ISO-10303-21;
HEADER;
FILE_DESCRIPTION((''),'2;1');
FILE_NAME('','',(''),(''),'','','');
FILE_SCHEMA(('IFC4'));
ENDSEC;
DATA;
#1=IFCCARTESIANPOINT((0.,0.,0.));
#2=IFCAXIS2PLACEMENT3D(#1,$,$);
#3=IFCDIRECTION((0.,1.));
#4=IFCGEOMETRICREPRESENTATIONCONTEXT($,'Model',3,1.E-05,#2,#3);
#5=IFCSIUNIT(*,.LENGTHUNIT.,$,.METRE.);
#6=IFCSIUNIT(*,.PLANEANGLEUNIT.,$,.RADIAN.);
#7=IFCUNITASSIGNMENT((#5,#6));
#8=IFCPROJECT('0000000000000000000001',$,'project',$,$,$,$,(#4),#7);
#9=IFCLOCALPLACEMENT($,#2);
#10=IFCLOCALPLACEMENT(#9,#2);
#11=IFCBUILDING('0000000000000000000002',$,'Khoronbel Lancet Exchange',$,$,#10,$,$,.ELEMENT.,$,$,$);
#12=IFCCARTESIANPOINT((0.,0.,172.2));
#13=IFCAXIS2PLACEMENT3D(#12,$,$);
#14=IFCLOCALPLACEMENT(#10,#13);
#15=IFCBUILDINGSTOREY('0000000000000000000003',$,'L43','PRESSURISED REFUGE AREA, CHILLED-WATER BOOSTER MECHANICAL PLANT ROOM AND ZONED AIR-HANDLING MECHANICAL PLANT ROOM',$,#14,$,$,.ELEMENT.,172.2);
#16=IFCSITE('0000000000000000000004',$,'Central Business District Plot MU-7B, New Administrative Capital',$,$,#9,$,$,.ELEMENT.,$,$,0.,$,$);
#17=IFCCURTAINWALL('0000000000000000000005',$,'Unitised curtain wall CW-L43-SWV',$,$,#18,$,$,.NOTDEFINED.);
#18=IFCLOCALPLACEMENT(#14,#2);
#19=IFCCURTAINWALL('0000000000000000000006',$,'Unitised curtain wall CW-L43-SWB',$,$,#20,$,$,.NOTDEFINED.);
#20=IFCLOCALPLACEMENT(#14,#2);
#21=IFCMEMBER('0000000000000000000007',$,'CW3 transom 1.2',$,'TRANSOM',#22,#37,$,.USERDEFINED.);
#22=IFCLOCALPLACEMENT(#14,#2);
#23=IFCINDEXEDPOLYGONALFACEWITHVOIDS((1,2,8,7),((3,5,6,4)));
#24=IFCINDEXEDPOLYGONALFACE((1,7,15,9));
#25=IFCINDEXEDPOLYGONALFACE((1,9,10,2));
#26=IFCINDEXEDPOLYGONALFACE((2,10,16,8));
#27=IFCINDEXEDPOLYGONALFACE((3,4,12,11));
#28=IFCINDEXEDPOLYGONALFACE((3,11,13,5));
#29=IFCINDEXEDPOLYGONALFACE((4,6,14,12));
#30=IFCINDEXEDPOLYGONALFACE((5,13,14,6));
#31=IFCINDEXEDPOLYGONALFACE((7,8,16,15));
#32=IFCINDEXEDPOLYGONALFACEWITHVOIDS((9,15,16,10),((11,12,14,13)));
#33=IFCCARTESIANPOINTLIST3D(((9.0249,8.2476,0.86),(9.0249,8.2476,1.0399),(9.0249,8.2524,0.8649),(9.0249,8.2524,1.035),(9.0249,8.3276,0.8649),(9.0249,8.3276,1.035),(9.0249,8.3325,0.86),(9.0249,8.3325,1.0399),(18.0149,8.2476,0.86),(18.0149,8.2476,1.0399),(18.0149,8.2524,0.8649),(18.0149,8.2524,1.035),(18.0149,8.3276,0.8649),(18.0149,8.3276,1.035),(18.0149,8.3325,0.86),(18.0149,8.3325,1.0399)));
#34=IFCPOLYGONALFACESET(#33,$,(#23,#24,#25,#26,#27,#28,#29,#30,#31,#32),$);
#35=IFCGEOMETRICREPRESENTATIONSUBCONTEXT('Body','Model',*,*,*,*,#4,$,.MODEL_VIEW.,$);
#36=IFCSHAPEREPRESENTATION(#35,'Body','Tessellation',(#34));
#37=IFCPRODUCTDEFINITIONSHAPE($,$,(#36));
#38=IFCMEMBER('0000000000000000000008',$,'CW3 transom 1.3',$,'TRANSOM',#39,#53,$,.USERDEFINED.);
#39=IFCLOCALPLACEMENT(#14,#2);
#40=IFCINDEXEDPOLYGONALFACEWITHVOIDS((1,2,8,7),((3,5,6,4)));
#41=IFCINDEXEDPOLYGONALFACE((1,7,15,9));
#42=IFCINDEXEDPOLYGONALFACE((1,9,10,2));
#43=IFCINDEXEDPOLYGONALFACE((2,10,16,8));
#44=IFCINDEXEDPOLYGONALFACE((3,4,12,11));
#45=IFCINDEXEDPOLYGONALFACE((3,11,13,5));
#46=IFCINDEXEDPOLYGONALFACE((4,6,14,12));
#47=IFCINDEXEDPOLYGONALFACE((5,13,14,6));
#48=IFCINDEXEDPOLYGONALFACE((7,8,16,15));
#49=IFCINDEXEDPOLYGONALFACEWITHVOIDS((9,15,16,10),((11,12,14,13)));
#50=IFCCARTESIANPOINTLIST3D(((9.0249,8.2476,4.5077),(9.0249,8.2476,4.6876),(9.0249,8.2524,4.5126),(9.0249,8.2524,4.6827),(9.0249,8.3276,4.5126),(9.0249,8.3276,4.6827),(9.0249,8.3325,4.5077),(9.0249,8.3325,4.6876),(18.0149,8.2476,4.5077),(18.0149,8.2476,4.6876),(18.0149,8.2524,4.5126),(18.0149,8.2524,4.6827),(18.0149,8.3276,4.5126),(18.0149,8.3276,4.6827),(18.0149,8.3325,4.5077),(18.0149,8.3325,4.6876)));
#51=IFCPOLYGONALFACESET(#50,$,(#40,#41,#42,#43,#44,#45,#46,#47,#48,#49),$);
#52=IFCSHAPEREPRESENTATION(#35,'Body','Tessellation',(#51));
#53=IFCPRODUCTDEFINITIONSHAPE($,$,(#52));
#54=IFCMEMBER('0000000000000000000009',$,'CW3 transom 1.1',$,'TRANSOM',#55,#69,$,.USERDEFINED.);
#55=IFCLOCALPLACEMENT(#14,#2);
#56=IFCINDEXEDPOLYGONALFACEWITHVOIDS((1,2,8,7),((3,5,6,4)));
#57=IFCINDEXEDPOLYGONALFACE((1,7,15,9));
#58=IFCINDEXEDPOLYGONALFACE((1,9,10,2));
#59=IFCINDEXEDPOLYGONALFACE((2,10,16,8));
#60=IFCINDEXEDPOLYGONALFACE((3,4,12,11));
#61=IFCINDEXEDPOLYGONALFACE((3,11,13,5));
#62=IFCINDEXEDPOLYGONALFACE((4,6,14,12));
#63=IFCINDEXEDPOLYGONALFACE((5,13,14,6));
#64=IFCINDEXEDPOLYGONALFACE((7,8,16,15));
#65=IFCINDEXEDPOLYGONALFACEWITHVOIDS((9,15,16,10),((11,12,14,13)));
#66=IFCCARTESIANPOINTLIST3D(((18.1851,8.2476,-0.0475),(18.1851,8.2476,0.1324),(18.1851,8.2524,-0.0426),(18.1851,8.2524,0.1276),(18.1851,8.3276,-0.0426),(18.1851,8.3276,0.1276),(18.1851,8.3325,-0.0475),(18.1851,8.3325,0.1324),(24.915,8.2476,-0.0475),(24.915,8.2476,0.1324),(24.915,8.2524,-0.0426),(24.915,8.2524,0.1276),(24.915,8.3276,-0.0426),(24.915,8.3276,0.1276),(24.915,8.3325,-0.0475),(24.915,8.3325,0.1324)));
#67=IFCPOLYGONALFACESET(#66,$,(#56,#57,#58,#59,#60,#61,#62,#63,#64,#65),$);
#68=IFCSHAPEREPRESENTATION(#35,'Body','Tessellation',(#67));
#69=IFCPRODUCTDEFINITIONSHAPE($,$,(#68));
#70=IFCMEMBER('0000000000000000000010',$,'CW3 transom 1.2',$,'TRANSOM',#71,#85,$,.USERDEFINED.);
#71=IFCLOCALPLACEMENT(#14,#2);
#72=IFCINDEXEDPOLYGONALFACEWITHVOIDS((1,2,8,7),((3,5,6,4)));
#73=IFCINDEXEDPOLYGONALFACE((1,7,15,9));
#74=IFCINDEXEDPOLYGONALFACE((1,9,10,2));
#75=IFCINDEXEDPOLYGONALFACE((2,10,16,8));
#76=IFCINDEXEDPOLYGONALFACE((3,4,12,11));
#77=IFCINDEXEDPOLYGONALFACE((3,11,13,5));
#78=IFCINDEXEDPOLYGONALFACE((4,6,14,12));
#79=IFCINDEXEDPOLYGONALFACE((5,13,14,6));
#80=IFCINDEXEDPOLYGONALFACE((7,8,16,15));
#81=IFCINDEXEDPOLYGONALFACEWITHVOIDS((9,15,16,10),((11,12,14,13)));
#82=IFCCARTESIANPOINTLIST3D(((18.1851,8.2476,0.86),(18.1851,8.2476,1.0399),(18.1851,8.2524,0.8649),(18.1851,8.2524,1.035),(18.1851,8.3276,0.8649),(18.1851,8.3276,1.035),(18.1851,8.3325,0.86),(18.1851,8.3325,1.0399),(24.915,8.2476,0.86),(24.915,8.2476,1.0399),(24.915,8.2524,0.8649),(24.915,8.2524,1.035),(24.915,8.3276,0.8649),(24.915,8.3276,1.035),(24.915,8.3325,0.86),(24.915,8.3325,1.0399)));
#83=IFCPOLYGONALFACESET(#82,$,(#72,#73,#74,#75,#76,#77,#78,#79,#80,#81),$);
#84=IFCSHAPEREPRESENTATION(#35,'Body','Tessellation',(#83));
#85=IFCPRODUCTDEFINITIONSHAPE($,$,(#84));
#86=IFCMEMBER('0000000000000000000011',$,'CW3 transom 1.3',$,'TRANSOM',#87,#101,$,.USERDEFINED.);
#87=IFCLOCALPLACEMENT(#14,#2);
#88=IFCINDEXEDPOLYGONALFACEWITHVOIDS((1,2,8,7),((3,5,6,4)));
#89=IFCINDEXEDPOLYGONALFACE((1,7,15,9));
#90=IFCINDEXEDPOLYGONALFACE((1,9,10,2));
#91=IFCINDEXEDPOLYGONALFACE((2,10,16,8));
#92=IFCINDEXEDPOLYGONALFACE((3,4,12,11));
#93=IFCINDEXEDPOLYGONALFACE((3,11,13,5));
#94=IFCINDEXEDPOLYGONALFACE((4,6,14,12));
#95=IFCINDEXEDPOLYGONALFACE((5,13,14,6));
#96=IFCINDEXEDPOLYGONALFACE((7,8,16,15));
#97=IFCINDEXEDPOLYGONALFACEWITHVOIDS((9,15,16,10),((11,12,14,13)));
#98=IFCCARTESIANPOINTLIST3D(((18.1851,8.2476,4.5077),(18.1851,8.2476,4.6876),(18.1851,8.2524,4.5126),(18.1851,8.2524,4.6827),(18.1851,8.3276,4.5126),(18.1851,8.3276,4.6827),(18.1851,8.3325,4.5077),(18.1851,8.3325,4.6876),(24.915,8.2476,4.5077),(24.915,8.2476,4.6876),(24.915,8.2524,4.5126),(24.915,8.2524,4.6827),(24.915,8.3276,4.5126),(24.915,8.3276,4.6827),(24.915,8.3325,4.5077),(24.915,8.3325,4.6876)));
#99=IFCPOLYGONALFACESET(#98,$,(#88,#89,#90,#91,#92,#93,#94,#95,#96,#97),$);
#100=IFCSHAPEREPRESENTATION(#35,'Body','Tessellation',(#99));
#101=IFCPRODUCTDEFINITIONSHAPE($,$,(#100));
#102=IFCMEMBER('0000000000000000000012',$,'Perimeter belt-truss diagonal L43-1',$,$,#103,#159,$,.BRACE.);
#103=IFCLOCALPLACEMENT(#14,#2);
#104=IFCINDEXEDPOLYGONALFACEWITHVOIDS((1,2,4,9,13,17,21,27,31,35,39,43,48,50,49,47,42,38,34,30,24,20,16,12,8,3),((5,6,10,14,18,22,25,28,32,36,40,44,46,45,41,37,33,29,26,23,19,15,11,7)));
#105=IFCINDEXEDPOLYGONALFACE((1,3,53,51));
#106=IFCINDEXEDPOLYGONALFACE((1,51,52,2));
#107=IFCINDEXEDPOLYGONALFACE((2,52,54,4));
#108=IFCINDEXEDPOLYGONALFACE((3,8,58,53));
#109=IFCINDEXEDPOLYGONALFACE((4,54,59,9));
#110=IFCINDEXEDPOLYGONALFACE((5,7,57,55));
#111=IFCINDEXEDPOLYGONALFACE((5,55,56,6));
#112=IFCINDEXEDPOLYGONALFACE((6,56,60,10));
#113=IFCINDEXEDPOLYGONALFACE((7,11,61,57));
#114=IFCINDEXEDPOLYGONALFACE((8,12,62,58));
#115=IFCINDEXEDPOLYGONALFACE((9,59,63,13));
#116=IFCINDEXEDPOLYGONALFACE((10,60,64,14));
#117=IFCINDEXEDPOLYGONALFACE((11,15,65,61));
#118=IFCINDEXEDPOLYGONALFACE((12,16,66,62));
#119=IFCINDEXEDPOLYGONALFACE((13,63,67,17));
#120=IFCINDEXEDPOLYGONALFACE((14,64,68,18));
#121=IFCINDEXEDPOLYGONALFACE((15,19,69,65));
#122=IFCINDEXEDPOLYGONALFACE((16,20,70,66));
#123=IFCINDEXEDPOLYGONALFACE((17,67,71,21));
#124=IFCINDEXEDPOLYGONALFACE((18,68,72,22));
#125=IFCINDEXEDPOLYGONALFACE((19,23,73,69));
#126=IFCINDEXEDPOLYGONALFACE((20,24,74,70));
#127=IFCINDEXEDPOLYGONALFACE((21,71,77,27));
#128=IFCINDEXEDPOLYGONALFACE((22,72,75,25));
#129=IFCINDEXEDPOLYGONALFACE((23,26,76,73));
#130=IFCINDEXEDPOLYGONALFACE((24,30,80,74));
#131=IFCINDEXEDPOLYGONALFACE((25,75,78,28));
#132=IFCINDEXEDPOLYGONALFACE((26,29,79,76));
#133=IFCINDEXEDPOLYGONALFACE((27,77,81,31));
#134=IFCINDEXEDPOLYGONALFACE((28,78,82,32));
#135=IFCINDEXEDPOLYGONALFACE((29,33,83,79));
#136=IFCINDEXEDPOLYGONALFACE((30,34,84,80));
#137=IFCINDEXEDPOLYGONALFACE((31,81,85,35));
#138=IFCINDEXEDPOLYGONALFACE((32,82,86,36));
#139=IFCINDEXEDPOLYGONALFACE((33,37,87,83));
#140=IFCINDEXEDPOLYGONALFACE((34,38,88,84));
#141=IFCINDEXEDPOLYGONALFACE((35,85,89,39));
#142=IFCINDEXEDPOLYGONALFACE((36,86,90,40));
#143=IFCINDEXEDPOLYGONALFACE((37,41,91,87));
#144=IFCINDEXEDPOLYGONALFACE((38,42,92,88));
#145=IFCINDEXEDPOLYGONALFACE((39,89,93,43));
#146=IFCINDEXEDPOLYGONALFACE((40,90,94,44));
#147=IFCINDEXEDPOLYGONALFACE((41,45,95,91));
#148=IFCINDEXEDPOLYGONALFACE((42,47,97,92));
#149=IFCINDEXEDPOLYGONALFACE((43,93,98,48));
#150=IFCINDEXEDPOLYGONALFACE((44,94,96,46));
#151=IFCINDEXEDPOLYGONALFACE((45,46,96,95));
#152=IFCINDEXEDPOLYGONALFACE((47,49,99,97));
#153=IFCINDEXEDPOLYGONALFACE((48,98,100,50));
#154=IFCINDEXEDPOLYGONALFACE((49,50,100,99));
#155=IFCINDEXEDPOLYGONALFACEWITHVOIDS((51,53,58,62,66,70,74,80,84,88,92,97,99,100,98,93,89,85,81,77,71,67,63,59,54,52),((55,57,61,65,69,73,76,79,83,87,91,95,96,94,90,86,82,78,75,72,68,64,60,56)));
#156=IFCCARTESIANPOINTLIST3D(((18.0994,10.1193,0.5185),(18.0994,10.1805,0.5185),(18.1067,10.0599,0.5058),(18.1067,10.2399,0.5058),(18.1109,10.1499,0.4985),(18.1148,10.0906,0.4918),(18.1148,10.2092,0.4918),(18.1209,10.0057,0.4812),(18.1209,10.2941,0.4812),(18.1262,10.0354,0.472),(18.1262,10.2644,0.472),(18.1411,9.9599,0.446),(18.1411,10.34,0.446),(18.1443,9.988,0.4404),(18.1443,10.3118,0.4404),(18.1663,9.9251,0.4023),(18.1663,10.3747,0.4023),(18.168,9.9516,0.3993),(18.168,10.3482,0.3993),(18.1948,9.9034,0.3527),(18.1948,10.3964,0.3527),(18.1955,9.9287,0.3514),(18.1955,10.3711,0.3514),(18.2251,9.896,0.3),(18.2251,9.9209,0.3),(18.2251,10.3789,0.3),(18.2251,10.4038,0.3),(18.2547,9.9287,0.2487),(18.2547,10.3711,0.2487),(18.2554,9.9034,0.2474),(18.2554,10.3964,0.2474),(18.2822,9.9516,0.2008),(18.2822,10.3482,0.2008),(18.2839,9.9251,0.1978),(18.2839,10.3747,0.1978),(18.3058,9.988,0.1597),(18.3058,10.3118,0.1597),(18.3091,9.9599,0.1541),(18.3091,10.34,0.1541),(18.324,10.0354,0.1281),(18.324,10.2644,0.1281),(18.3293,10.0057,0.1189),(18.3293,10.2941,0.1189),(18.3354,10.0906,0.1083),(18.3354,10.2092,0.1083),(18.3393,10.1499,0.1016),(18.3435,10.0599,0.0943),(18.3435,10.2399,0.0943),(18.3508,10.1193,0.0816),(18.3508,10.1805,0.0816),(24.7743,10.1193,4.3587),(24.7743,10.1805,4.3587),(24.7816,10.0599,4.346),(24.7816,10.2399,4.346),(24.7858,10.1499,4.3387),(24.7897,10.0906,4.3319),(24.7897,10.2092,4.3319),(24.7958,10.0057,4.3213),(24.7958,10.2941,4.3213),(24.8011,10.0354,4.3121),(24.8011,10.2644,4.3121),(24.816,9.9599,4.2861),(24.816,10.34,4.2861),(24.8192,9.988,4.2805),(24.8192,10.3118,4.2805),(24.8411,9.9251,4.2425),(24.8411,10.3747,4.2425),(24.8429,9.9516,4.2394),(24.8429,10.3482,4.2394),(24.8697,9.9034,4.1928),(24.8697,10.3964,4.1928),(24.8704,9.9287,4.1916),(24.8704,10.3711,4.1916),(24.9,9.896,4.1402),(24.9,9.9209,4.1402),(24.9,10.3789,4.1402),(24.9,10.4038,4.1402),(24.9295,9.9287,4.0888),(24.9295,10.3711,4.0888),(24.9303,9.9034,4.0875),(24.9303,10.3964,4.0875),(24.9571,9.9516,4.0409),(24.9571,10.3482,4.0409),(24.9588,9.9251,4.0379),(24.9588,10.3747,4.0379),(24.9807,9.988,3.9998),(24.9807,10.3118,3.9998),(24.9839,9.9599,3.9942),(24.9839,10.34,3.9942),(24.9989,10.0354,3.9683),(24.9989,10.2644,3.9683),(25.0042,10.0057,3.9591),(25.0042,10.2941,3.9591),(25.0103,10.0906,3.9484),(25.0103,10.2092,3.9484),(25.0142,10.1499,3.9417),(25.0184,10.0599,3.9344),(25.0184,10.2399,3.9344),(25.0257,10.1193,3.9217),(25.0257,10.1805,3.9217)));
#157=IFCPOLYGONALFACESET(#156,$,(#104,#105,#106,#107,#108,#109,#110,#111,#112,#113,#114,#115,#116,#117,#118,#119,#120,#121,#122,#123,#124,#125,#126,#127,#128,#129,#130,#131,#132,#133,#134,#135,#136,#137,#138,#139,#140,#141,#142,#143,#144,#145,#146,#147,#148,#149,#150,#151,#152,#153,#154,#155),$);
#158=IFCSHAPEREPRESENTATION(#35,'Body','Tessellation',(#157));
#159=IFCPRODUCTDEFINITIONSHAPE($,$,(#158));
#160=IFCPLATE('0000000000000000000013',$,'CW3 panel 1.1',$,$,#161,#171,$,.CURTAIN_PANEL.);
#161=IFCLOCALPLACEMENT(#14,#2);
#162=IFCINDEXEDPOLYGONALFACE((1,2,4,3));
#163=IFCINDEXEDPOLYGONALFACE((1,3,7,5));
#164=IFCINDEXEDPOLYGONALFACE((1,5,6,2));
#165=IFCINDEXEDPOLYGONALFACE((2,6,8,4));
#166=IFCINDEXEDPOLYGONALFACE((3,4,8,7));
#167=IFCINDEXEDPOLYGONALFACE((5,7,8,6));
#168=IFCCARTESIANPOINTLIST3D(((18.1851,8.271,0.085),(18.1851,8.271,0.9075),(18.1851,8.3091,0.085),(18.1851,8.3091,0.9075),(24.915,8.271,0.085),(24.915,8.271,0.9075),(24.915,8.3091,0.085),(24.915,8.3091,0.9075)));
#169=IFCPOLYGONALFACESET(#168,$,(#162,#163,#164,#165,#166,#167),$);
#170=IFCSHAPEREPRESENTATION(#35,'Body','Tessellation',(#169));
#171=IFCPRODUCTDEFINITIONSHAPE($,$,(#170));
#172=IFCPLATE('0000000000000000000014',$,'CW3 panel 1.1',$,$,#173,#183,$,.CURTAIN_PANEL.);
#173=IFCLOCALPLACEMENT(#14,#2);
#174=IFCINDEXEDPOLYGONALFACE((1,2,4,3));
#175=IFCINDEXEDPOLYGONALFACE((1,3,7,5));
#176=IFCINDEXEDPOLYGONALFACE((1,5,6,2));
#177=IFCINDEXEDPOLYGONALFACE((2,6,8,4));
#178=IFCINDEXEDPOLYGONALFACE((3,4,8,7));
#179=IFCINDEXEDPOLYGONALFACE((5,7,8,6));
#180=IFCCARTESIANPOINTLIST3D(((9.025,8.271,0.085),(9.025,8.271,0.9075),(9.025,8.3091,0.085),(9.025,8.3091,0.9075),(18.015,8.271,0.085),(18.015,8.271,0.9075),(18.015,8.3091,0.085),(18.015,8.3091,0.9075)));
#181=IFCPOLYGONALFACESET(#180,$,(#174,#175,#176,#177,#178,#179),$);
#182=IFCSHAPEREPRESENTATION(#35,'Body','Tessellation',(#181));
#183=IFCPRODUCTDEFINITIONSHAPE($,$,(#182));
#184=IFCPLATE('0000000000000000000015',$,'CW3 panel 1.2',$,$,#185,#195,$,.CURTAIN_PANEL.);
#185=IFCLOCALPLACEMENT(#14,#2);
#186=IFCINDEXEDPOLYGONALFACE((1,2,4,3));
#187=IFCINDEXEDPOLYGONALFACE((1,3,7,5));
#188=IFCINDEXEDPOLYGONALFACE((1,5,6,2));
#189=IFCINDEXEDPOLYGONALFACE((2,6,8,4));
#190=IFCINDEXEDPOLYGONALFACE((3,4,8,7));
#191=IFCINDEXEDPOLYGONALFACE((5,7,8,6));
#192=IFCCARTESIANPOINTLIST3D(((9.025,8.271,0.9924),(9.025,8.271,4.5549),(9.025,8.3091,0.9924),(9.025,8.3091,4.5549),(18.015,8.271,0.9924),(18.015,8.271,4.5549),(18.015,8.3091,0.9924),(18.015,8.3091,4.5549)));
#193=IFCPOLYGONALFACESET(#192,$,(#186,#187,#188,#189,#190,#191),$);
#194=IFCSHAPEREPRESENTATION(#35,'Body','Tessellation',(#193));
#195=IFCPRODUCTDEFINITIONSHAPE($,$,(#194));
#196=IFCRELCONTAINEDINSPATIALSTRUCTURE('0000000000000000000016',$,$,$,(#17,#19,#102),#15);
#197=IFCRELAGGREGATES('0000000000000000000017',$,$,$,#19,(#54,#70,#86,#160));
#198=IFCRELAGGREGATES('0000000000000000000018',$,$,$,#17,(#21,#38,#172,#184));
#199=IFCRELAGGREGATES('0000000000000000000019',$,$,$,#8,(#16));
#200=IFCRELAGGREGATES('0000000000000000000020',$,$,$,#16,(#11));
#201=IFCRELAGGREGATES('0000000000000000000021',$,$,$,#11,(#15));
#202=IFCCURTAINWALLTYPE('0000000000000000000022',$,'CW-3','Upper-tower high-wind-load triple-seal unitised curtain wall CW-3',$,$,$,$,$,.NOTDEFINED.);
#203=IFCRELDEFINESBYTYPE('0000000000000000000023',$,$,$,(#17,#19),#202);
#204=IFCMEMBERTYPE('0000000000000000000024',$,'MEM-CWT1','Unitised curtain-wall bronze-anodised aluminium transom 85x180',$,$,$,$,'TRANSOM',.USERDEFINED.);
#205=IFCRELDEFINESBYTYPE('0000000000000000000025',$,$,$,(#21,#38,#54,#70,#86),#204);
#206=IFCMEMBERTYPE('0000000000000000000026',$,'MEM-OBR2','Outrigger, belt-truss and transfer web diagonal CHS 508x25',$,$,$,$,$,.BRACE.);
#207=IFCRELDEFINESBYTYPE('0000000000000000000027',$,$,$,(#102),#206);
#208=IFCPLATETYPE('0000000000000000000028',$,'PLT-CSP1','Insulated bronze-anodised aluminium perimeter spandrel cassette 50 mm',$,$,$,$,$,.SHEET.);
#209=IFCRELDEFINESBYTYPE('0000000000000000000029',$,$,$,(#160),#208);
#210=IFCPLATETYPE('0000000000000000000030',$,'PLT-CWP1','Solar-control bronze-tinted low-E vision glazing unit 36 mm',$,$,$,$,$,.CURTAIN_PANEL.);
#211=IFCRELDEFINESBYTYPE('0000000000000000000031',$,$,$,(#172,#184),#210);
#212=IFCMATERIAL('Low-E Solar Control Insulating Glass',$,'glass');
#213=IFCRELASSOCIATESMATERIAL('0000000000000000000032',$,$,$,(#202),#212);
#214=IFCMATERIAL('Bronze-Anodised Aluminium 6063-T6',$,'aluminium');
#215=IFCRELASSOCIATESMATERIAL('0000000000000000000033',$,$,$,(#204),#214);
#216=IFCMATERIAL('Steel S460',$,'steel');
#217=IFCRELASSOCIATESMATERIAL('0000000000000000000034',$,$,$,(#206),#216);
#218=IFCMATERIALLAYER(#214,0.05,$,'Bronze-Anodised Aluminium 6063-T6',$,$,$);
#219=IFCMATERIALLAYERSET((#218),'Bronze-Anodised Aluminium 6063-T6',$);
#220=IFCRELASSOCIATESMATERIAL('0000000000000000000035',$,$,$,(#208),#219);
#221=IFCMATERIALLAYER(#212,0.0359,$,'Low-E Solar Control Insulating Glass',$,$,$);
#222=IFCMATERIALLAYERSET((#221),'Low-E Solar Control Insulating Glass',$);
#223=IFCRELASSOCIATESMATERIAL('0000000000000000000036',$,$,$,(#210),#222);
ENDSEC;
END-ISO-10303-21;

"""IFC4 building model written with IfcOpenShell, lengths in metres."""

from ifc_helpers import new_model, si_unit, direction, frame, origin, origin_2d, place, context, subcontext, project, spatial, rectangle, hollow_rectangle, hollow_circle, extrude, material, layer, layer_set, material_profile, profile_set, type_object, element, aggregate, save


model = new_model("IFC4")

# Units and contexts
model_context = context("Model", 3, precision=1e-05, world=origin(), true_north=direction((0.0, 1.0)))
body_context = subcontext(model_context, "Body", "Model", "MODEL_VIEW")
ifc_project = project(units=[si_unit("LENGTHUNIT", "METRE"), si_unit("PLANEANGLEUNIT", "RADIAN")], contexts=[model_context])

# Site, building, storey
site_placement = place(None, origin())
site = spatial("IfcSite", under=ifc_project, at=site_placement, Name="Central Business District Plot MU-7B, New Administrative Capital", CompositionType="ELEMENT", RefElevation=0.0)
building_placement = place(site_placement, origin())
building = spatial("IfcBuilding", under=site, at=building_placement, Name="Khoronbel Lancet Exchange", CompositionType="ELEMENT")
storey_placement = place(building_placement, frame((0.0, 0.0, 172.2)))
storey = spatial("IfcBuildingStorey", under=building, at=storey_placement, Name="L43", Description="PRESSURISED REFUGE AREA, CHILLED-WATER BOOSTER MECHANICAL PLANT ROOM AND ZONED AIR-HANDLING MECHANICAL PLANT ROOM", CompositionType="ELEMENT", Elevation=172.2)

# Shared definitions
ifc_material_1 = material(Name="Steel S460", Category="steel")

# Curtain wall
ifc_material_2 = material(Name="Low-E Solar Control Insulating Glass", Category="glass")
curtain_wall_type = type_object("IfcCurtainWallType", Name="CW-3", Description="Upper-tower high-wind-load triple-seal unitised curtain wall CW-3", PredefinedType="NOTDEFINED", material=ifc_material_2)
curtain_wall_1_placement = place(storey_placement, origin())
curtain_wall_1 = element("IfcCurtainWall", 1, at=curtain_wall_1_placement, inside=storey, type_object=curtain_wall_type, Name="Unitised curtain wall CW-L43-SWV", PredefinedType="NOTDEFINED")
ifc_material_3 = material(Name="Bronze-Anodised Aluminium 6063-T6", Category="aluminium")

# Curtain wall
curtain_wall_2_placement = place(storey_placement, origin())
curtain_wall_2 = element("IfcCurtainWall", 2, at=curtain_wall_2_placement, inside=storey, type_object=curtain_wall_type, Name="Unitised curtain wall CW-L43-SWB", PredefinedType="NOTDEFINED")

# Members
ifc_material_profile_1 = material_profile(ifc_material_3, hollow_rectangle(XDim=0.085, YDim=0.1799, WallThickness=0.0049, at=origin_2d()), Name="ALU TRANSOM 85x180")
ifc_profile_set_1 = profile_set([ifc_material_profile_1], Name="Bronze-Anodised Aluminium 6063-T6")
member_type_1 = type_object("IfcMemberType", Name="MEM-CWT1", Description="Unitised curtain-wall bronze-anodised aluminium transom 85x180", ElementType="TRANSOM", PredefinedType="USERDEFINED", material=ifc_profile_set_1)
member_1_placement = place(storey_placement, frame((9.0249, 8.29, 0.95), z_axis=(1.0, 0.0, 0.0), x_axis=(0.0, 1.0, 0.0)))
member_1 = element("IfcMember", 3, at=member_1_placement, type_object=member_type_1, Name="CW3 transom 1.2", ObjectType="TRANSOM", PredefinedType="USERDEFINED", context=body_context, shape_type="SweptSolid", body=[
    extrude(hollow_rectangle(XDim=0.085, YDim=0.1799, WallThickness=0.0049, at=origin_2d()), origin(), (0.0, 0.0, 1.0), 8.99),
])
member_2_placement = place(storey_placement, frame((9.0249, 8.29, 4.5977), z_axis=(1.0, 0.0, 0.0), x_axis=(0.0, 1.0, 0.0)))
member_2 = element("IfcMember", 4, at=member_2_placement, type_object=member_type_1, Name="CW3 transom 1.3", ObjectType="TRANSOM", PredefinedType="USERDEFINED", context=body_context, shape_type="SweptSolid", body=[
    extrude(hollow_rectangle(XDim=0.085, YDim=0.1799, WallThickness=0.0049, at=origin_2d()), origin(), (0.0, 0.0, 1.0), 8.99),
])
member_3_placement = place(storey_placement, frame((18.1851, 8.29, 0.0425), z_axis=(1.0, 0.0, 0.0), x_axis=(0.0, 1.0, 0.0)))
member_3 = element("IfcMember", 5, at=member_3_placement, type_object=member_type_1, Name="CW3 transom 1.1", ObjectType="TRANSOM", PredefinedType="USERDEFINED", context=body_context, shape_type="SweptSolid", body=[
    extrude(hollow_rectangle(XDim=0.085, YDim=0.1799, WallThickness=0.0049, at=origin_2d()), origin(), (0.0, 0.0, 1.0), 6.73),
])
member_4_placement = place(storey_placement, frame((18.1851, 8.29, 0.95), z_axis=(1.0, 0.0, 0.0), x_axis=(0.0, 1.0, 0.0)))
member_4 = element("IfcMember", 6, at=member_4_placement, type_object=member_type_1, Name="CW3 transom 1.2", ObjectType="TRANSOM", PredefinedType="USERDEFINED", context=body_context, shape_type="SweptSolid", body=[
    extrude(hollow_rectangle(XDim=0.085, YDim=0.1799, WallThickness=0.0049, at=origin_2d()), origin(), (0.0, 0.0, 1.0), 6.73),
])
member_5_placement = place(storey_placement, frame((18.1851, 8.29, 4.5977), z_axis=(1.0, 0.0, 0.0), x_axis=(0.0, 1.0, 0.0)))
member_5 = element("IfcMember", 7, at=member_5_placement, type_object=member_type_1, Name="CW3 transom 1.3", ObjectType="TRANSOM", PredefinedType="USERDEFINED", context=body_context, shape_type="SweptSolid", body=[
    extrude(hollow_rectangle(XDim=0.085, YDim=0.1799, WallThickness=0.0049, at=origin_2d()), origin(), (0.0, 0.0, 1.0), 6.73),
])
ifc_material_profile_2 = material_profile(ifc_material_1, hollow_circle(Radius=0.2539, WallThickness=0.0249, at=origin_2d()), Name="CHS 508x25")
ifc_profile_set_2 = profile_set([ifc_material_profile_2], Name="Steel S460")
member_type_2 = type_object("IfcMemberType", Name="MEM-OBR2", Description="Outrigger, belt-truss and transfer web diagonal CHS 508x25", PredefinedType="BRACE", material=ifc_profile_set_2)
member_6_placement = place(storey_placement, frame((18.2251, 10.1499, 0.3), z_axis=(0.86679, 0.0, 0.498674), x_axis=(0.0, 1.0, 0.0)))
element("IfcMember", 8, at=member_6_placement, inside=storey, type_object=member_type_2, Name="Perimeter belt-truss diagonal L43-1", PredefinedType="BRACE", context=body_context, shape_type="SweptSolid", body=[
    extrude(hollow_circle(Radius=0.2539, WallThickness=0.0249, at=origin_2d()), origin(), (0.0, 0.0, 1.0), 7.7007),
])

# Plates
ifc_layer_1 = layer(ifc_material_3, 0.05, Name="Bronze-Anodised Aluminium 6063-T6")
ifc_layer_set_1 = layer_set([ifc_layer_1], Name="Bronze-Anodised Aluminium 6063-T6")
plate_type_1 = type_object("IfcPlateType", Name="PLT-CSP1", Description="Insulated bronze-anodised aluminium perimeter spandrel cassette 50 mm", PredefinedType="SHEET", material=ifc_layer_set_1)
plate_1_placement = place(storey_placement, frame((21.55, 8.29, 0.085), z_axis=(0.0, 0.0, 1.0), x_axis=(1.0, 0.0, 0.0)))
plate_1 = element("IfcPlate", 9, at=plate_1_placement, type_object=plate_type_1, Name="CW3 panel 1.1", PredefinedType="CURTAIN_PANEL", context=body_context, shape_type="SweptSolid", body=[
    extrude(rectangle(XDim=6.73, YDim=0.0381, at=origin_2d()), origin(), (0.0, 0.0, 1.0), 0.8225),
])
aggregate(curtain_wall_2, [member_3, member_4, member_5, plate_1])
ifc_layer_2 = layer(ifc_material_2, 0.0359, Name="Low-E Solar Control Insulating Glass")
ifc_layer_set_2 = layer_set([ifc_layer_2], Name="Low-E Solar Control Insulating Glass")
plate_type_2 = type_object("IfcPlateType", Name="PLT-CWP1", Description="Solar-control bronze-tinted low-E vision glazing unit 36 mm", PredefinedType="CURTAIN_PANEL", material=ifc_layer_set_2)
plate_2_placement = place(storey_placement, frame((13.52, 8.29, 0.085), z_axis=(0.0, 0.0, 1.0), x_axis=(1.0, 0.0, 0.0)))
plate_2 = element("IfcPlate", 10, at=plate_2_placement, type_object=plate_type_2, Name="CW3 panel 1.1", PredefinedType="CURTAIN_PANEL", context=body_context, shape_type="SweptSolid", body=[
    extrude(rectangle(XDim=8.99, YDim=0.0381, at=origin_2d()), origin(), (0.0, 0.0, 1.0), 0.8225),
])
plate_3_placement = place(storey_placement, frame((13.52, 8.29, 0.9924), z_axis=(0.0, 0.0, 1.0), x_axis=(1.0, 0.0, 0.0)))
plate_3 = element("IfcPlate", 11, at=plate_3_placement, type_object=plate_type_2, Name="CW3 panel 1.2", PredefinedType="CURTAIN_PANEL", context=body_context, shape_type="SweptSolid", body=[
    extrude(rectangle(XDim=8.99, YDim=0.0381, at=origin_2d()), origin(), (0.0, 0.0, 1.0), 3.5625),
])
aggregate(curtain_wall_1, [member_1, member_2, plate_2, plate_3])

save(model, "model.ifc")
